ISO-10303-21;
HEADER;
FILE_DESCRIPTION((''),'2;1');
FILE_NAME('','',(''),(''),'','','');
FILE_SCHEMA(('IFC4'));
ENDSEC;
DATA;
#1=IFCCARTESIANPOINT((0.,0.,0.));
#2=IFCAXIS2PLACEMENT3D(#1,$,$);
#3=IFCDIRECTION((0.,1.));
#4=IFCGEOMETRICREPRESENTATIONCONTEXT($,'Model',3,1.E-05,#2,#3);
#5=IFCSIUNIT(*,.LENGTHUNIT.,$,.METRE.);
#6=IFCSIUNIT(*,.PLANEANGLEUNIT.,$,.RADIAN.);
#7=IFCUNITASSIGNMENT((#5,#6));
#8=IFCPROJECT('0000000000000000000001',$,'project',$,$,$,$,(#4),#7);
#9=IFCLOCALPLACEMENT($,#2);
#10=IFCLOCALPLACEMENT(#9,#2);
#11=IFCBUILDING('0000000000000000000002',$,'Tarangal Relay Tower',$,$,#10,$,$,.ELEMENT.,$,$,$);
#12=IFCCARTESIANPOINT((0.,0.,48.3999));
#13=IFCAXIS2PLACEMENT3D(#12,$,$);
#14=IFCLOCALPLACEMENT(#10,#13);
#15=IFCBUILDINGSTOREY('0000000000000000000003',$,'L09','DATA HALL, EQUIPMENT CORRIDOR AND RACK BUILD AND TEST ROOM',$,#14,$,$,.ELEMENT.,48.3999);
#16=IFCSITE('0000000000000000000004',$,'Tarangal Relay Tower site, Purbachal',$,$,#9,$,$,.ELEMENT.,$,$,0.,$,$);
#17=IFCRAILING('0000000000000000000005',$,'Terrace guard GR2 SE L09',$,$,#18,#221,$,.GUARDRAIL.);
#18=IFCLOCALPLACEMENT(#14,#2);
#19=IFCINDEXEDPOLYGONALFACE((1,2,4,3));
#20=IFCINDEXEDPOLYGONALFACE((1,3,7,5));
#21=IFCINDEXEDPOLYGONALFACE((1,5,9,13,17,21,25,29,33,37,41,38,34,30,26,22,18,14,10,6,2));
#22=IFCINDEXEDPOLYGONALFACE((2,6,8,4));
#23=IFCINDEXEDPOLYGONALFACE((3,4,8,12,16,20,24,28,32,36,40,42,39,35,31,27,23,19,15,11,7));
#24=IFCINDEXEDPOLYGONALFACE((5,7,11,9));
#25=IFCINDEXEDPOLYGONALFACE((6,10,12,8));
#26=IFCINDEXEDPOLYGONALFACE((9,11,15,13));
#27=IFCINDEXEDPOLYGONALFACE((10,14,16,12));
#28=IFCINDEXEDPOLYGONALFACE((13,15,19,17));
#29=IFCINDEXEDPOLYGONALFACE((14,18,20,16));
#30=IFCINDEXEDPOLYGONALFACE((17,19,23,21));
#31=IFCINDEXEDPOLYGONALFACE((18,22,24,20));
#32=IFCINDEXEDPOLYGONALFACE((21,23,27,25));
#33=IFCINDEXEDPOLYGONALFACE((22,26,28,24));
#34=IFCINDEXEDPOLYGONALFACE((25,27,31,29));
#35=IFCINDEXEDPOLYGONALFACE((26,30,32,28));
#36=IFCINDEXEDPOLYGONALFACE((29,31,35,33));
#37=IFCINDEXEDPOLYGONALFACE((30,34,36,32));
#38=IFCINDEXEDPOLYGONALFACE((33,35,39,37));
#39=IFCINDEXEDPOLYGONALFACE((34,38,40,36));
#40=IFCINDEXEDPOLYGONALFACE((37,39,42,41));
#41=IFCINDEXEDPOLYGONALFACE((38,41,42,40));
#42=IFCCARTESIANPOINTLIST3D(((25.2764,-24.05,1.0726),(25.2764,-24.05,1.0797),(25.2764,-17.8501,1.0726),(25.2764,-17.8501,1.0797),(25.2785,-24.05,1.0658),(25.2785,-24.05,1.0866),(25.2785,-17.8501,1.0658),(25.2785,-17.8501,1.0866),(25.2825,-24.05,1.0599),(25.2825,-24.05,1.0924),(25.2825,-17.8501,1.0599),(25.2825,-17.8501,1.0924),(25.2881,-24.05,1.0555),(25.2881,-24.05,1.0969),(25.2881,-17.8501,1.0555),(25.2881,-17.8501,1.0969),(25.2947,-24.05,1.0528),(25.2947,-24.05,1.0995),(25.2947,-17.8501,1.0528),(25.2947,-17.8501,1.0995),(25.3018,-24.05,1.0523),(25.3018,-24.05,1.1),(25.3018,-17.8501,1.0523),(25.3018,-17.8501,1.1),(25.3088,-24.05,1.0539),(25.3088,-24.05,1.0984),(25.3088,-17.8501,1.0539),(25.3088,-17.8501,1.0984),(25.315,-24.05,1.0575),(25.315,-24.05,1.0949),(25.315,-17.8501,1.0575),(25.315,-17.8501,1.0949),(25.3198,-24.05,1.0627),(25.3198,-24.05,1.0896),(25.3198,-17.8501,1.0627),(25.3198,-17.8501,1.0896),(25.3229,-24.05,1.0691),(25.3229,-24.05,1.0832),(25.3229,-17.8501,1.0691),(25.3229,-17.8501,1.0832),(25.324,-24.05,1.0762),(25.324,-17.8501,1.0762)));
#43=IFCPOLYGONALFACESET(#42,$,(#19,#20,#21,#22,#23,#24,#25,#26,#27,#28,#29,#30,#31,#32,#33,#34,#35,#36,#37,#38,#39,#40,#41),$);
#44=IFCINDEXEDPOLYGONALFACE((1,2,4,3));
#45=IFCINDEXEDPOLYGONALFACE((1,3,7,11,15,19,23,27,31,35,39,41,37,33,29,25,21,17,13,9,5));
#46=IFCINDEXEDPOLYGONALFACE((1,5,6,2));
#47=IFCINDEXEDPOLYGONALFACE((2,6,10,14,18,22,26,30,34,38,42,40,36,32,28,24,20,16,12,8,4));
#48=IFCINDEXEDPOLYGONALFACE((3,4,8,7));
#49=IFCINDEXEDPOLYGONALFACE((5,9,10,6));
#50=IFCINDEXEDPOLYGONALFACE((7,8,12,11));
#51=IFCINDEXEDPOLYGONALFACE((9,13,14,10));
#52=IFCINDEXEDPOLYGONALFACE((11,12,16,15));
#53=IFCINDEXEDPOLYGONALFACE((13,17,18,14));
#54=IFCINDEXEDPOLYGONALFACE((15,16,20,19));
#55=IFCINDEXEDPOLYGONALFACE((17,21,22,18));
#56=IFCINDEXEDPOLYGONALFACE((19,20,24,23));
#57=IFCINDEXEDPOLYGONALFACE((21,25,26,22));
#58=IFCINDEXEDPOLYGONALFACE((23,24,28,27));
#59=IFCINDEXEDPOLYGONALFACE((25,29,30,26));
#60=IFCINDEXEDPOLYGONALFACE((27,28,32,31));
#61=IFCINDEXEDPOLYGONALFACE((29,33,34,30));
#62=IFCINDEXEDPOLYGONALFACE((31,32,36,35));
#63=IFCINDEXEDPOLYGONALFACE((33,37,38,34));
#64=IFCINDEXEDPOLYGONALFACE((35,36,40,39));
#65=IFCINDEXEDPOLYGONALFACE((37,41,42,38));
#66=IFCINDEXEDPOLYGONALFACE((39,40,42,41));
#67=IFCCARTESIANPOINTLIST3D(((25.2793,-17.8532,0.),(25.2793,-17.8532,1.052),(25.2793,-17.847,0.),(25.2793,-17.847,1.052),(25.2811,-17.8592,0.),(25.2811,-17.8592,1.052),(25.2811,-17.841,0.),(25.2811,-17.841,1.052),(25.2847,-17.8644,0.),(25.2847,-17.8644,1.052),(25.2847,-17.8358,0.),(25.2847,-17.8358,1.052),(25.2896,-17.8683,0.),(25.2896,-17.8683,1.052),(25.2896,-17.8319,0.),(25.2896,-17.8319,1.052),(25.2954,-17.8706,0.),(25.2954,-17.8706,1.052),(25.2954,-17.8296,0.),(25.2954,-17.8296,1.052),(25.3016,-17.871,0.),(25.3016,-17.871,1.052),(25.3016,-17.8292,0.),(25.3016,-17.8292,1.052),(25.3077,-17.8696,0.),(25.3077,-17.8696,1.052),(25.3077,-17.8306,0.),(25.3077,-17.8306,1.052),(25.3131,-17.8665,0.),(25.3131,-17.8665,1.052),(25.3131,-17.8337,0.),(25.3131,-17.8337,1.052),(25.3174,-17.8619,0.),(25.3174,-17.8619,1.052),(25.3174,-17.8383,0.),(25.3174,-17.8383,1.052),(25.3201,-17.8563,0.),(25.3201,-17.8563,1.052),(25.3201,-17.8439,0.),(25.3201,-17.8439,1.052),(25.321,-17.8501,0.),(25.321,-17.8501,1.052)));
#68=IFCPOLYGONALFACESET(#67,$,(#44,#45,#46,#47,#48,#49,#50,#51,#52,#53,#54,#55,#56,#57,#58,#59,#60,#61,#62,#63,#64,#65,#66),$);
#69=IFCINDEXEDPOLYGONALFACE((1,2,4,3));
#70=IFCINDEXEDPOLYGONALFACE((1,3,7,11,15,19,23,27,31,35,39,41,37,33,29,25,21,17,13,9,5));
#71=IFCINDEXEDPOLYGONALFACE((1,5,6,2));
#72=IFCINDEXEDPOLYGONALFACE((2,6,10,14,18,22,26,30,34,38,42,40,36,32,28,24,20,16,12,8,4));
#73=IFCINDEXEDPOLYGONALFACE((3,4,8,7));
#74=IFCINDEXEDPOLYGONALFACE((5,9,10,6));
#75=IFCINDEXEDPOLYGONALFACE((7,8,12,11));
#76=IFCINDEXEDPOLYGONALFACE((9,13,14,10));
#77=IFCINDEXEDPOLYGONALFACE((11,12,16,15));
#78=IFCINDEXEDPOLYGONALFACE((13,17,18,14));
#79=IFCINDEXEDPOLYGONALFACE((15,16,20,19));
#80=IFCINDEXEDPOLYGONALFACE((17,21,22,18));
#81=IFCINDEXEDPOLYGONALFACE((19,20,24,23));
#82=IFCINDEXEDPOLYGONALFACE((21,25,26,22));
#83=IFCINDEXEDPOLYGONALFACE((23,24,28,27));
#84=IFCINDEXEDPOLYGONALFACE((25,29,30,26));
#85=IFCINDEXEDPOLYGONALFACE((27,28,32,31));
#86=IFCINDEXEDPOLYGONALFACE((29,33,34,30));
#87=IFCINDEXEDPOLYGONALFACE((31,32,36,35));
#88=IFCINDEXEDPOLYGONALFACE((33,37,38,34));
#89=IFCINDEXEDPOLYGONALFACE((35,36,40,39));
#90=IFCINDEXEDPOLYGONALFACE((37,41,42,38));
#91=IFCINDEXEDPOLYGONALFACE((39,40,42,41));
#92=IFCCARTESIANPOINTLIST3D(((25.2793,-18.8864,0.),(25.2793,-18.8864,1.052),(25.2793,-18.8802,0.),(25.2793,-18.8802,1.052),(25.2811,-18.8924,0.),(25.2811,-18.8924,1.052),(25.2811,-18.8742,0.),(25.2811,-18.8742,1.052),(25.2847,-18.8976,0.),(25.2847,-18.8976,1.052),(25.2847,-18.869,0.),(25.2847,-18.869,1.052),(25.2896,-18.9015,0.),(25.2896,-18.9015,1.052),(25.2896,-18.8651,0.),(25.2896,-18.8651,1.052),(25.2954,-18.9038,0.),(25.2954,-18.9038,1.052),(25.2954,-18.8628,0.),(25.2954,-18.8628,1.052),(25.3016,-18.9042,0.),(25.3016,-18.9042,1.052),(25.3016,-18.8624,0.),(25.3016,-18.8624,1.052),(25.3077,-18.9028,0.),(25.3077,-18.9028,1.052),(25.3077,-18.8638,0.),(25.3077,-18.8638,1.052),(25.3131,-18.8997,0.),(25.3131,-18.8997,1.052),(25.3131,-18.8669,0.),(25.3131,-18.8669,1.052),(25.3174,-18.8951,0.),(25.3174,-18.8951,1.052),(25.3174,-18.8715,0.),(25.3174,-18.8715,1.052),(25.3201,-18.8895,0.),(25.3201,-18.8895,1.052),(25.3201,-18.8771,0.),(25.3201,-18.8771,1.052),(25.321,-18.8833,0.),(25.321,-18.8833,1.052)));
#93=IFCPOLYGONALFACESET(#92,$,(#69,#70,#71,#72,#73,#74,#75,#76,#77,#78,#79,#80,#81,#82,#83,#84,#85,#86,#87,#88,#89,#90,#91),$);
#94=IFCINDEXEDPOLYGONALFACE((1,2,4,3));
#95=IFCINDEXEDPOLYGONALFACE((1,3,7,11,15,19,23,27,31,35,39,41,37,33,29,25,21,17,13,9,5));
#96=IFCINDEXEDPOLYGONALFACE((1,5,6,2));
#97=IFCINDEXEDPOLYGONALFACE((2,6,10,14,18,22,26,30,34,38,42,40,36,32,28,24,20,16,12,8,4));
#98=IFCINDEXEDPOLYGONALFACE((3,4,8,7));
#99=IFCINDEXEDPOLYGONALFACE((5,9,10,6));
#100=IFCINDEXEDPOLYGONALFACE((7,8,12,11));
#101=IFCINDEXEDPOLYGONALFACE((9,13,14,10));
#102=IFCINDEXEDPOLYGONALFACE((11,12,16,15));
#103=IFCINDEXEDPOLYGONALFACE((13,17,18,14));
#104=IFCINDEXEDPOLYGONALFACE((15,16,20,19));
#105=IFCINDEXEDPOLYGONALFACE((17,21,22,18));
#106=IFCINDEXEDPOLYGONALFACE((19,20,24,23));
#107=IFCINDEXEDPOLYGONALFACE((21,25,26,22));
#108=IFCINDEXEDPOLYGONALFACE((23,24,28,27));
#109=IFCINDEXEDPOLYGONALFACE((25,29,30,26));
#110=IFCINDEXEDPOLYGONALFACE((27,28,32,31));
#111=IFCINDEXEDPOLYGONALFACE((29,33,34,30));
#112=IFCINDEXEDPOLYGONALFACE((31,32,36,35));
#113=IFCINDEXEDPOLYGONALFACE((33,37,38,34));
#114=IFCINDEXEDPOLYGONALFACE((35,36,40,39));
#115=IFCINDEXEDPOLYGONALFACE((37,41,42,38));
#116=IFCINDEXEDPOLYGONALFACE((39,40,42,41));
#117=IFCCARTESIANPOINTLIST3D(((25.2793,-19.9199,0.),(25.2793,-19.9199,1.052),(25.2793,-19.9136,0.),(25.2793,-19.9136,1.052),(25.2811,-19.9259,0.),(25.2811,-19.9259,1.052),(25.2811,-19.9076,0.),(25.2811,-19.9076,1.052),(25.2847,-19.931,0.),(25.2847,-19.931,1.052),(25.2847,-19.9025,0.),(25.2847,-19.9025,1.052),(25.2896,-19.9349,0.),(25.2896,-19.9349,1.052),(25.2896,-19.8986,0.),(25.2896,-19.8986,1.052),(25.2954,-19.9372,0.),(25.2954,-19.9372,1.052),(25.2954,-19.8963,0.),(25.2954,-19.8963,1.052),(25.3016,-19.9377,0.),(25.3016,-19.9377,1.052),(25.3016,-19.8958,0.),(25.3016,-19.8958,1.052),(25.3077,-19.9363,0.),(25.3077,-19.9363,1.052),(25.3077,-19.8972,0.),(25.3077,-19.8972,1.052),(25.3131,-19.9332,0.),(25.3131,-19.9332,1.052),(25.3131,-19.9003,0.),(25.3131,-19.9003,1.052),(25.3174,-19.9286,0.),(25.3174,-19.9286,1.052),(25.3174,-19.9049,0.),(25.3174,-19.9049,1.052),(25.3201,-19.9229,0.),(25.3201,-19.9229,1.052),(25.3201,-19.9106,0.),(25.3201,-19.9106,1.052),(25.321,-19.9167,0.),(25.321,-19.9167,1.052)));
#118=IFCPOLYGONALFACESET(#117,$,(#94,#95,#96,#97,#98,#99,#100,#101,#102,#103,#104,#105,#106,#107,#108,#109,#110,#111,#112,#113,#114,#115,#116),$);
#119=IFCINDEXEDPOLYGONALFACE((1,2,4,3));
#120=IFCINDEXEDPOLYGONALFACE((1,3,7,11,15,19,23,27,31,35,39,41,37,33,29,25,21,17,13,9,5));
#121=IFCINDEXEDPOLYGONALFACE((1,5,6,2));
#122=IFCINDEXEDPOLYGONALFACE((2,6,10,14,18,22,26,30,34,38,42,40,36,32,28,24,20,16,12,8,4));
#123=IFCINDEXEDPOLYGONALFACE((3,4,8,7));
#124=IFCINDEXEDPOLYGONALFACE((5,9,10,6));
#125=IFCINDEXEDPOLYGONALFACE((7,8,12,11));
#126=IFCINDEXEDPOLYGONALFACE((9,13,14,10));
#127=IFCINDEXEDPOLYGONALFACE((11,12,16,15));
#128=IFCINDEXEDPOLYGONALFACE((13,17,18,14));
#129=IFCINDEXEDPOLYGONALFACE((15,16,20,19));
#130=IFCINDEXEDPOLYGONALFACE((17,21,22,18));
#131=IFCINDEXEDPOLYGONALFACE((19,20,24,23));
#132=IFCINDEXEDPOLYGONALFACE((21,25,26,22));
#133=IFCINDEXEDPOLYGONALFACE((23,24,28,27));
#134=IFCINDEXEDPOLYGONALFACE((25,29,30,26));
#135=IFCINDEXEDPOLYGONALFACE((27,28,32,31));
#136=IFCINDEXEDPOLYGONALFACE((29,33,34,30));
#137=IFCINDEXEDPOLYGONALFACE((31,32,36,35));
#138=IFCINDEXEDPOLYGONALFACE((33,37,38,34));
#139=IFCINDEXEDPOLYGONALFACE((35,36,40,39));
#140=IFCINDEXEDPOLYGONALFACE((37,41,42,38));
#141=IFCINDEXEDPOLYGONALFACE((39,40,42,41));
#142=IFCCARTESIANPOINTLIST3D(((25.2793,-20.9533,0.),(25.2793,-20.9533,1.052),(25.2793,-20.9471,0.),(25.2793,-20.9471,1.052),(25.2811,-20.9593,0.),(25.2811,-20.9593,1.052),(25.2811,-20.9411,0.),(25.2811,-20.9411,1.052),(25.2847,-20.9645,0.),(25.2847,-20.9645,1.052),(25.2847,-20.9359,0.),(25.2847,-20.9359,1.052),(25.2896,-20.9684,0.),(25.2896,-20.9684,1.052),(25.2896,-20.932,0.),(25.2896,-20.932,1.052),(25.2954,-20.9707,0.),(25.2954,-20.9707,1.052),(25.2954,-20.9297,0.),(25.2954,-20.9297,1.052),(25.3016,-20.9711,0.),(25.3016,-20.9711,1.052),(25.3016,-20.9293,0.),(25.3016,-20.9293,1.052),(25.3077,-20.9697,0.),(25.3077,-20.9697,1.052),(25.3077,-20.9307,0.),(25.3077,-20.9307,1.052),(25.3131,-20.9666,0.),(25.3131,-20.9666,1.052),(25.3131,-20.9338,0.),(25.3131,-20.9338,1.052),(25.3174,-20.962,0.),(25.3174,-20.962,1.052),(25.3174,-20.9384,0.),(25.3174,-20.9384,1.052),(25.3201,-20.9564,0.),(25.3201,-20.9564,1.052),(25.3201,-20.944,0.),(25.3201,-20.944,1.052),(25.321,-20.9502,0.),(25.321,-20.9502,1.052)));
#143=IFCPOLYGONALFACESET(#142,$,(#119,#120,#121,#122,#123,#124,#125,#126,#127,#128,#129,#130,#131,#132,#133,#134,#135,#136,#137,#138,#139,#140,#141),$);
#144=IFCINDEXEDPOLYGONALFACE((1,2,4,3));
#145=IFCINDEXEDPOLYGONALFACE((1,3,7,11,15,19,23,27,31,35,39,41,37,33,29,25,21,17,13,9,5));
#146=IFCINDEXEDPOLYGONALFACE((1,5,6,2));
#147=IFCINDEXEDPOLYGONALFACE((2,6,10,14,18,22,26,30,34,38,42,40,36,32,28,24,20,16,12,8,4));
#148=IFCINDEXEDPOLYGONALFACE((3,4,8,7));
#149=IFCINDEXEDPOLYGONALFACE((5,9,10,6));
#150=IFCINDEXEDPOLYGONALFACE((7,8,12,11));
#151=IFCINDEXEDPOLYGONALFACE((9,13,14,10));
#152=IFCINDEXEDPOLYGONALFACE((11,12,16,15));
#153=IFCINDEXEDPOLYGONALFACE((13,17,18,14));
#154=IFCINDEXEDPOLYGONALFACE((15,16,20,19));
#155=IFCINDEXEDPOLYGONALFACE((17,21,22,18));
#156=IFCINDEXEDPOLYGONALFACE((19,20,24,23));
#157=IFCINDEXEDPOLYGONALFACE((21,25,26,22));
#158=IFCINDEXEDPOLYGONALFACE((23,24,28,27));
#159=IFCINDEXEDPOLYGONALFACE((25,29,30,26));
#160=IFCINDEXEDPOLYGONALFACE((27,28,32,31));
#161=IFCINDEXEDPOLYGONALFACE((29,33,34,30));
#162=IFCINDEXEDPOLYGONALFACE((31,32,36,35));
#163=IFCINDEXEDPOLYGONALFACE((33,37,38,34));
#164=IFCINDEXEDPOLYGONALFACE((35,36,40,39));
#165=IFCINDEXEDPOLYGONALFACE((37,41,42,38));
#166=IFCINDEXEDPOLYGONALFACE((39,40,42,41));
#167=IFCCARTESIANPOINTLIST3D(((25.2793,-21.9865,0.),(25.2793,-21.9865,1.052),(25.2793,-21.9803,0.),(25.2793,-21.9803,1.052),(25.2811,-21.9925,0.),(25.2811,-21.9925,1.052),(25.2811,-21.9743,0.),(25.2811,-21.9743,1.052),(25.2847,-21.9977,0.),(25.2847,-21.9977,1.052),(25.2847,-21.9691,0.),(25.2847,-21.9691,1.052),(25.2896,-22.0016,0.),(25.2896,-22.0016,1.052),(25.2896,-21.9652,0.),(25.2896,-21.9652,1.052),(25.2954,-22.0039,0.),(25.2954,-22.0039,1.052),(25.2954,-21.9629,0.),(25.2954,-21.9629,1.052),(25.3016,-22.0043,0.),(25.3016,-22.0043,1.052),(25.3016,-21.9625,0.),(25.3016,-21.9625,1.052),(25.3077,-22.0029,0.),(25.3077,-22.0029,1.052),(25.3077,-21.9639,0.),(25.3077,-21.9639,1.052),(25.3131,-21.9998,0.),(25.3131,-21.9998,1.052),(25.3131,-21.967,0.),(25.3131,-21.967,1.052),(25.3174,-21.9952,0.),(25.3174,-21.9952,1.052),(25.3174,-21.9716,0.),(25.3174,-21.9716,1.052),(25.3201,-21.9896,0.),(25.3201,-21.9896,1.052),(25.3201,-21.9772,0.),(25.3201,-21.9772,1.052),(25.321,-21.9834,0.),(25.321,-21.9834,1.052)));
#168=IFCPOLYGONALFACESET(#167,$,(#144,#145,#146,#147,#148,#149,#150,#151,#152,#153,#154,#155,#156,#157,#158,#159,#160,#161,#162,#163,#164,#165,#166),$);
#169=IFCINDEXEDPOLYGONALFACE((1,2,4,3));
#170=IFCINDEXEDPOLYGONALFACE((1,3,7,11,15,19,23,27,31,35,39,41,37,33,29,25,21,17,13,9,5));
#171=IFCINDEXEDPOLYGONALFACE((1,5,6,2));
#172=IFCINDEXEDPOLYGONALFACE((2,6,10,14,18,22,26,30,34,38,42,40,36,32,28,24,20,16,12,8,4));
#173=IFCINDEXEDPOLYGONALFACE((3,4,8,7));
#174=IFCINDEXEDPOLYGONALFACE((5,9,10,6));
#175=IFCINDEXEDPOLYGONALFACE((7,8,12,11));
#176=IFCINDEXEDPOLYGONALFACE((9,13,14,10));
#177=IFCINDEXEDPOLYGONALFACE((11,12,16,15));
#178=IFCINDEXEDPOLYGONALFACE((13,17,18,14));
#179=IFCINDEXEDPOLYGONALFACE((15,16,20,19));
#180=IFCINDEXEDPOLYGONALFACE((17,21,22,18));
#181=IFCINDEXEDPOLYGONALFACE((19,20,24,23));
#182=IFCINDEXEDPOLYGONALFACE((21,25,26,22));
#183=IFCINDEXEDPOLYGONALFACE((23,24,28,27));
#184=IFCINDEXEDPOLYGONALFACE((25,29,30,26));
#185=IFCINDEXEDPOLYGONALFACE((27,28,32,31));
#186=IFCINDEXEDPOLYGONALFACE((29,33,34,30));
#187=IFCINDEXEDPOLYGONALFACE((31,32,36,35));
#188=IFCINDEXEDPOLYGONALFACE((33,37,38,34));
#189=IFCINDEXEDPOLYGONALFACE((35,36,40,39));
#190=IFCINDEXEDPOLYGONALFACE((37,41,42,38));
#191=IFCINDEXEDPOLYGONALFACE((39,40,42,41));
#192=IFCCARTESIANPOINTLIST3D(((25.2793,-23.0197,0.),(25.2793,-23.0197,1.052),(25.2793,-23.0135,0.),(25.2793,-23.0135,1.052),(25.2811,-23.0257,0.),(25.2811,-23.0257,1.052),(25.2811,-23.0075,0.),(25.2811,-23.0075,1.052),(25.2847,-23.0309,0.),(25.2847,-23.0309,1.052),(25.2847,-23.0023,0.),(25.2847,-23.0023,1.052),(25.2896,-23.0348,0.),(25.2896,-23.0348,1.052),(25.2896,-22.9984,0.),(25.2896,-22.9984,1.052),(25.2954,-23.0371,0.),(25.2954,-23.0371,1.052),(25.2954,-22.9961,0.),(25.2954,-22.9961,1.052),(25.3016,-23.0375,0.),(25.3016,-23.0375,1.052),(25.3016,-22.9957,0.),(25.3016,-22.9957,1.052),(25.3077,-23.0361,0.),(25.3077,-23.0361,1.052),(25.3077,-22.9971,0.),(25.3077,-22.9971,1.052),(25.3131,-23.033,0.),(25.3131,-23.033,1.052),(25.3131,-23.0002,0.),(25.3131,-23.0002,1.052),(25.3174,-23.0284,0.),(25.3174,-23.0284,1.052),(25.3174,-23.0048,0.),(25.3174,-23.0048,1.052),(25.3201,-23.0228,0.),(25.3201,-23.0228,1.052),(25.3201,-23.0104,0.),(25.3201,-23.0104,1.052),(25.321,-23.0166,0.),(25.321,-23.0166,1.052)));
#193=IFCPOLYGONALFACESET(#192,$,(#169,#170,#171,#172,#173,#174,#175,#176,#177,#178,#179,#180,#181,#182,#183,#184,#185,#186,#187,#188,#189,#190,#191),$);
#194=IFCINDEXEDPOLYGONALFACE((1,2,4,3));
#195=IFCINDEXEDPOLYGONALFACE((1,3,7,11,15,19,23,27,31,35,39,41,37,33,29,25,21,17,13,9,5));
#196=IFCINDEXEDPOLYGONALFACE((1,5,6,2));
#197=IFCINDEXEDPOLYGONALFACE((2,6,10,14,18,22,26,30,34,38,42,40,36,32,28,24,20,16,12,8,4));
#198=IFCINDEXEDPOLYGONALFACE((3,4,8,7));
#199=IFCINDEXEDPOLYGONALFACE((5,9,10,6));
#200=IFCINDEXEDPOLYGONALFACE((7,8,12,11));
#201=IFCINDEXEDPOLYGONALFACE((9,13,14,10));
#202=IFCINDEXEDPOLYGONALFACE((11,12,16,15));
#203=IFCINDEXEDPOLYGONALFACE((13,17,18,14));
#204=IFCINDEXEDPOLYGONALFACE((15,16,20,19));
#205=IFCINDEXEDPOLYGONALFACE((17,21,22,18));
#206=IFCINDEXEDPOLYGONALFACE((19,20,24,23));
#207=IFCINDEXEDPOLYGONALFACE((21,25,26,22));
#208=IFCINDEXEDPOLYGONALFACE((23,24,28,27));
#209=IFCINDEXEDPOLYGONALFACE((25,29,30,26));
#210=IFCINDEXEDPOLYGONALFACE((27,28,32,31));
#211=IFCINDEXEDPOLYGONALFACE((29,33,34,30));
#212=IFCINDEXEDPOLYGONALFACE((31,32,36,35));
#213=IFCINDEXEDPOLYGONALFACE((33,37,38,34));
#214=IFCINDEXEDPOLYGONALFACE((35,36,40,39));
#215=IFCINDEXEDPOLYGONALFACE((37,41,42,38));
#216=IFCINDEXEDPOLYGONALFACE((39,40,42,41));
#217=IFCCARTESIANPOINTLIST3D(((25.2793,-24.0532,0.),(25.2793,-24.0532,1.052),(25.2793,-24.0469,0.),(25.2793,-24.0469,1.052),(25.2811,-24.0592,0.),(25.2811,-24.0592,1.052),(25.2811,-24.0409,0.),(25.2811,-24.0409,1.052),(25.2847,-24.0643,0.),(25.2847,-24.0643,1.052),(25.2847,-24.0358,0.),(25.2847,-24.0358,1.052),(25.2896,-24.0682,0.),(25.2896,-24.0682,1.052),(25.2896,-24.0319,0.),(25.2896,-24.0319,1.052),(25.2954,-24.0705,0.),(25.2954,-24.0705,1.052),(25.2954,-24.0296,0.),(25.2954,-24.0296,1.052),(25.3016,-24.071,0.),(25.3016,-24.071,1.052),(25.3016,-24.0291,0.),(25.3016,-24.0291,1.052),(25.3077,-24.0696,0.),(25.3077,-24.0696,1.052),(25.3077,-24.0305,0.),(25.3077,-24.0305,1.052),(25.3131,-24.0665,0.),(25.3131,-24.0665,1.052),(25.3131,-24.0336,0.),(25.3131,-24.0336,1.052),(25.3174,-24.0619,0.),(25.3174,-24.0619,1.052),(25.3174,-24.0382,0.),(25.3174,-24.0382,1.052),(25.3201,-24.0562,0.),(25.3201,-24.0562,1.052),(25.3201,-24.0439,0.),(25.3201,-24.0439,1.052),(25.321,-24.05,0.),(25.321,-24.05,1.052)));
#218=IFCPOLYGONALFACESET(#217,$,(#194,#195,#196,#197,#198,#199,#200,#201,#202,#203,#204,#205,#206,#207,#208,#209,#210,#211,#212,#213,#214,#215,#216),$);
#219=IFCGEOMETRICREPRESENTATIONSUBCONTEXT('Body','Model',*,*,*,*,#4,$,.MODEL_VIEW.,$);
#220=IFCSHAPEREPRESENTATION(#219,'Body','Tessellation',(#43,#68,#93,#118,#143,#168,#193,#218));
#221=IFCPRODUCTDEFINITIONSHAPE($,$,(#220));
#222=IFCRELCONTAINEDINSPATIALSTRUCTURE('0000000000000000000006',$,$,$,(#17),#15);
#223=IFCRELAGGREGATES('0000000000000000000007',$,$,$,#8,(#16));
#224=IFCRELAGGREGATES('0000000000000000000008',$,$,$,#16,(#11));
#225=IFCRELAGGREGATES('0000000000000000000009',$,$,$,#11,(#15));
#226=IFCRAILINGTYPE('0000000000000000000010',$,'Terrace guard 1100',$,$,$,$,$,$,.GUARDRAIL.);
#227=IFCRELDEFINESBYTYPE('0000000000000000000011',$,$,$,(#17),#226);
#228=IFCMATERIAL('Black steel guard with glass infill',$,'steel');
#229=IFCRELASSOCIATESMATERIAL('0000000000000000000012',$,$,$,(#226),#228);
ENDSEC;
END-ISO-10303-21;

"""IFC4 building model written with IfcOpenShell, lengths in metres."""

from ifc_helpers import new_model, si_unit, direction, frame, origin, origin_2d, place, context, subcontext, project, spatial, circle, extrude, material, type_object, element, save


model = new_model("IFC4")

# Units and contexts
model_context = context("Model", 3, precision=1e-05, world=origin(), true_north=direction((0.0, 1.0)))
body_context = subcontext(model_context, "Body", "Model", "MODEL_VIEW")
ifc_project = project(units=[si_unit("LENGTHUNIT", "METRE"), si_unit("PLANEANGLEUNIT", "RADIAN")], contexts=[model_context])

# Site, building, storey
site_placement = place(None, origin())
site = spatial("IfcSite", under=ifc_project, at=site_placement, Name="Tarangal Relay Tower site, Purbachal", CompositionType="ELEMENT", RefElevation=0.0)
building_placement = place(site_placement, origin())
building = spatial("IfcBuilding", under=site, at=building_placement, Name="Tarangal Relay Tower", CompositionType="ELEMENT")
storey_placement = place(building_placement, frame((0.0, 0.0, 48.3999)))
storey = spatial("IfcBuildingStorey", under=building, at=storey_placement, Name="L09", Description="DATA HALL, EQUIPMENT CORRIDOR AND RACK BUILD AND TEST ROOM", CompositionType="ELEMENT", Elevation=48.3999)

# Railing
ifc_material_1 = material(Name="Black steel guard with glass infill", Category="steel")
railing_type = type_object("IfcRailingType", Name="Terrace guard 1100", PredefinedType="GUARDRAIL", material=ifc_material_1)
railing_1_placement = place(storey_placement, frame((25.3, -17.8501, 0.0)))
element("IfcRailing", 1, at=railing_1_placement, inside=storey, type_object=railing_type, Name="Terrace guard GR2 SE L09", PredefinedType="GUARDRAIL", context=body_context, shape_type="SweptSolid", body=[
    extrude(circle(Radius=0.0239, at=origin_2d()), frame((0.0, 0.0, 1.0762), z_axis=(0.0, -1.0, 0.0), x_axis=(1.0, 0.0, 0.0)), (0.0, 0.0, 1.0), 6.2),
    extrude(circle(Radius=0.021, at=origin_2d()), origin(), (0.0, 0.0, 1.0), 1.052),
    extrude(circle(Radius=0.021, at=origin_2d()), frame((0.0, -1.0332, 0.0)), (0.0, 0.0, 1.0), 1.052),
    extrude(circle(Radius=0.021, at=origin_2d()), frame((0.0, -2.0667, 0.0)), (0.0, 0.0, 1.0), 1.052),
    extrude(circle(Radius=0.021, at=origin_2d()), frame((0.0, -3.1001, 0.0)), (0.0, 0.0, 1.0), 1.052),
    extrude(circle(Radius=0.021, at=origin_2d()), frame((0.0, -4.1333, 0.0)), (0.0, 0.0, 1.0), 1.052),
    extrude(circle(Radius=0.021, at=origin_2d()), frame((0.0, -5.1665, 0.0)), (0.0, 0.0, 1.0), 1.052),
    extrude(circle(Radius=0.021, at=origin_2d()), frame((0.0, -6.2, 0.0)), (0.0, 0.0, 1.0), 1.052),
])

save(model, "model.ifc")
